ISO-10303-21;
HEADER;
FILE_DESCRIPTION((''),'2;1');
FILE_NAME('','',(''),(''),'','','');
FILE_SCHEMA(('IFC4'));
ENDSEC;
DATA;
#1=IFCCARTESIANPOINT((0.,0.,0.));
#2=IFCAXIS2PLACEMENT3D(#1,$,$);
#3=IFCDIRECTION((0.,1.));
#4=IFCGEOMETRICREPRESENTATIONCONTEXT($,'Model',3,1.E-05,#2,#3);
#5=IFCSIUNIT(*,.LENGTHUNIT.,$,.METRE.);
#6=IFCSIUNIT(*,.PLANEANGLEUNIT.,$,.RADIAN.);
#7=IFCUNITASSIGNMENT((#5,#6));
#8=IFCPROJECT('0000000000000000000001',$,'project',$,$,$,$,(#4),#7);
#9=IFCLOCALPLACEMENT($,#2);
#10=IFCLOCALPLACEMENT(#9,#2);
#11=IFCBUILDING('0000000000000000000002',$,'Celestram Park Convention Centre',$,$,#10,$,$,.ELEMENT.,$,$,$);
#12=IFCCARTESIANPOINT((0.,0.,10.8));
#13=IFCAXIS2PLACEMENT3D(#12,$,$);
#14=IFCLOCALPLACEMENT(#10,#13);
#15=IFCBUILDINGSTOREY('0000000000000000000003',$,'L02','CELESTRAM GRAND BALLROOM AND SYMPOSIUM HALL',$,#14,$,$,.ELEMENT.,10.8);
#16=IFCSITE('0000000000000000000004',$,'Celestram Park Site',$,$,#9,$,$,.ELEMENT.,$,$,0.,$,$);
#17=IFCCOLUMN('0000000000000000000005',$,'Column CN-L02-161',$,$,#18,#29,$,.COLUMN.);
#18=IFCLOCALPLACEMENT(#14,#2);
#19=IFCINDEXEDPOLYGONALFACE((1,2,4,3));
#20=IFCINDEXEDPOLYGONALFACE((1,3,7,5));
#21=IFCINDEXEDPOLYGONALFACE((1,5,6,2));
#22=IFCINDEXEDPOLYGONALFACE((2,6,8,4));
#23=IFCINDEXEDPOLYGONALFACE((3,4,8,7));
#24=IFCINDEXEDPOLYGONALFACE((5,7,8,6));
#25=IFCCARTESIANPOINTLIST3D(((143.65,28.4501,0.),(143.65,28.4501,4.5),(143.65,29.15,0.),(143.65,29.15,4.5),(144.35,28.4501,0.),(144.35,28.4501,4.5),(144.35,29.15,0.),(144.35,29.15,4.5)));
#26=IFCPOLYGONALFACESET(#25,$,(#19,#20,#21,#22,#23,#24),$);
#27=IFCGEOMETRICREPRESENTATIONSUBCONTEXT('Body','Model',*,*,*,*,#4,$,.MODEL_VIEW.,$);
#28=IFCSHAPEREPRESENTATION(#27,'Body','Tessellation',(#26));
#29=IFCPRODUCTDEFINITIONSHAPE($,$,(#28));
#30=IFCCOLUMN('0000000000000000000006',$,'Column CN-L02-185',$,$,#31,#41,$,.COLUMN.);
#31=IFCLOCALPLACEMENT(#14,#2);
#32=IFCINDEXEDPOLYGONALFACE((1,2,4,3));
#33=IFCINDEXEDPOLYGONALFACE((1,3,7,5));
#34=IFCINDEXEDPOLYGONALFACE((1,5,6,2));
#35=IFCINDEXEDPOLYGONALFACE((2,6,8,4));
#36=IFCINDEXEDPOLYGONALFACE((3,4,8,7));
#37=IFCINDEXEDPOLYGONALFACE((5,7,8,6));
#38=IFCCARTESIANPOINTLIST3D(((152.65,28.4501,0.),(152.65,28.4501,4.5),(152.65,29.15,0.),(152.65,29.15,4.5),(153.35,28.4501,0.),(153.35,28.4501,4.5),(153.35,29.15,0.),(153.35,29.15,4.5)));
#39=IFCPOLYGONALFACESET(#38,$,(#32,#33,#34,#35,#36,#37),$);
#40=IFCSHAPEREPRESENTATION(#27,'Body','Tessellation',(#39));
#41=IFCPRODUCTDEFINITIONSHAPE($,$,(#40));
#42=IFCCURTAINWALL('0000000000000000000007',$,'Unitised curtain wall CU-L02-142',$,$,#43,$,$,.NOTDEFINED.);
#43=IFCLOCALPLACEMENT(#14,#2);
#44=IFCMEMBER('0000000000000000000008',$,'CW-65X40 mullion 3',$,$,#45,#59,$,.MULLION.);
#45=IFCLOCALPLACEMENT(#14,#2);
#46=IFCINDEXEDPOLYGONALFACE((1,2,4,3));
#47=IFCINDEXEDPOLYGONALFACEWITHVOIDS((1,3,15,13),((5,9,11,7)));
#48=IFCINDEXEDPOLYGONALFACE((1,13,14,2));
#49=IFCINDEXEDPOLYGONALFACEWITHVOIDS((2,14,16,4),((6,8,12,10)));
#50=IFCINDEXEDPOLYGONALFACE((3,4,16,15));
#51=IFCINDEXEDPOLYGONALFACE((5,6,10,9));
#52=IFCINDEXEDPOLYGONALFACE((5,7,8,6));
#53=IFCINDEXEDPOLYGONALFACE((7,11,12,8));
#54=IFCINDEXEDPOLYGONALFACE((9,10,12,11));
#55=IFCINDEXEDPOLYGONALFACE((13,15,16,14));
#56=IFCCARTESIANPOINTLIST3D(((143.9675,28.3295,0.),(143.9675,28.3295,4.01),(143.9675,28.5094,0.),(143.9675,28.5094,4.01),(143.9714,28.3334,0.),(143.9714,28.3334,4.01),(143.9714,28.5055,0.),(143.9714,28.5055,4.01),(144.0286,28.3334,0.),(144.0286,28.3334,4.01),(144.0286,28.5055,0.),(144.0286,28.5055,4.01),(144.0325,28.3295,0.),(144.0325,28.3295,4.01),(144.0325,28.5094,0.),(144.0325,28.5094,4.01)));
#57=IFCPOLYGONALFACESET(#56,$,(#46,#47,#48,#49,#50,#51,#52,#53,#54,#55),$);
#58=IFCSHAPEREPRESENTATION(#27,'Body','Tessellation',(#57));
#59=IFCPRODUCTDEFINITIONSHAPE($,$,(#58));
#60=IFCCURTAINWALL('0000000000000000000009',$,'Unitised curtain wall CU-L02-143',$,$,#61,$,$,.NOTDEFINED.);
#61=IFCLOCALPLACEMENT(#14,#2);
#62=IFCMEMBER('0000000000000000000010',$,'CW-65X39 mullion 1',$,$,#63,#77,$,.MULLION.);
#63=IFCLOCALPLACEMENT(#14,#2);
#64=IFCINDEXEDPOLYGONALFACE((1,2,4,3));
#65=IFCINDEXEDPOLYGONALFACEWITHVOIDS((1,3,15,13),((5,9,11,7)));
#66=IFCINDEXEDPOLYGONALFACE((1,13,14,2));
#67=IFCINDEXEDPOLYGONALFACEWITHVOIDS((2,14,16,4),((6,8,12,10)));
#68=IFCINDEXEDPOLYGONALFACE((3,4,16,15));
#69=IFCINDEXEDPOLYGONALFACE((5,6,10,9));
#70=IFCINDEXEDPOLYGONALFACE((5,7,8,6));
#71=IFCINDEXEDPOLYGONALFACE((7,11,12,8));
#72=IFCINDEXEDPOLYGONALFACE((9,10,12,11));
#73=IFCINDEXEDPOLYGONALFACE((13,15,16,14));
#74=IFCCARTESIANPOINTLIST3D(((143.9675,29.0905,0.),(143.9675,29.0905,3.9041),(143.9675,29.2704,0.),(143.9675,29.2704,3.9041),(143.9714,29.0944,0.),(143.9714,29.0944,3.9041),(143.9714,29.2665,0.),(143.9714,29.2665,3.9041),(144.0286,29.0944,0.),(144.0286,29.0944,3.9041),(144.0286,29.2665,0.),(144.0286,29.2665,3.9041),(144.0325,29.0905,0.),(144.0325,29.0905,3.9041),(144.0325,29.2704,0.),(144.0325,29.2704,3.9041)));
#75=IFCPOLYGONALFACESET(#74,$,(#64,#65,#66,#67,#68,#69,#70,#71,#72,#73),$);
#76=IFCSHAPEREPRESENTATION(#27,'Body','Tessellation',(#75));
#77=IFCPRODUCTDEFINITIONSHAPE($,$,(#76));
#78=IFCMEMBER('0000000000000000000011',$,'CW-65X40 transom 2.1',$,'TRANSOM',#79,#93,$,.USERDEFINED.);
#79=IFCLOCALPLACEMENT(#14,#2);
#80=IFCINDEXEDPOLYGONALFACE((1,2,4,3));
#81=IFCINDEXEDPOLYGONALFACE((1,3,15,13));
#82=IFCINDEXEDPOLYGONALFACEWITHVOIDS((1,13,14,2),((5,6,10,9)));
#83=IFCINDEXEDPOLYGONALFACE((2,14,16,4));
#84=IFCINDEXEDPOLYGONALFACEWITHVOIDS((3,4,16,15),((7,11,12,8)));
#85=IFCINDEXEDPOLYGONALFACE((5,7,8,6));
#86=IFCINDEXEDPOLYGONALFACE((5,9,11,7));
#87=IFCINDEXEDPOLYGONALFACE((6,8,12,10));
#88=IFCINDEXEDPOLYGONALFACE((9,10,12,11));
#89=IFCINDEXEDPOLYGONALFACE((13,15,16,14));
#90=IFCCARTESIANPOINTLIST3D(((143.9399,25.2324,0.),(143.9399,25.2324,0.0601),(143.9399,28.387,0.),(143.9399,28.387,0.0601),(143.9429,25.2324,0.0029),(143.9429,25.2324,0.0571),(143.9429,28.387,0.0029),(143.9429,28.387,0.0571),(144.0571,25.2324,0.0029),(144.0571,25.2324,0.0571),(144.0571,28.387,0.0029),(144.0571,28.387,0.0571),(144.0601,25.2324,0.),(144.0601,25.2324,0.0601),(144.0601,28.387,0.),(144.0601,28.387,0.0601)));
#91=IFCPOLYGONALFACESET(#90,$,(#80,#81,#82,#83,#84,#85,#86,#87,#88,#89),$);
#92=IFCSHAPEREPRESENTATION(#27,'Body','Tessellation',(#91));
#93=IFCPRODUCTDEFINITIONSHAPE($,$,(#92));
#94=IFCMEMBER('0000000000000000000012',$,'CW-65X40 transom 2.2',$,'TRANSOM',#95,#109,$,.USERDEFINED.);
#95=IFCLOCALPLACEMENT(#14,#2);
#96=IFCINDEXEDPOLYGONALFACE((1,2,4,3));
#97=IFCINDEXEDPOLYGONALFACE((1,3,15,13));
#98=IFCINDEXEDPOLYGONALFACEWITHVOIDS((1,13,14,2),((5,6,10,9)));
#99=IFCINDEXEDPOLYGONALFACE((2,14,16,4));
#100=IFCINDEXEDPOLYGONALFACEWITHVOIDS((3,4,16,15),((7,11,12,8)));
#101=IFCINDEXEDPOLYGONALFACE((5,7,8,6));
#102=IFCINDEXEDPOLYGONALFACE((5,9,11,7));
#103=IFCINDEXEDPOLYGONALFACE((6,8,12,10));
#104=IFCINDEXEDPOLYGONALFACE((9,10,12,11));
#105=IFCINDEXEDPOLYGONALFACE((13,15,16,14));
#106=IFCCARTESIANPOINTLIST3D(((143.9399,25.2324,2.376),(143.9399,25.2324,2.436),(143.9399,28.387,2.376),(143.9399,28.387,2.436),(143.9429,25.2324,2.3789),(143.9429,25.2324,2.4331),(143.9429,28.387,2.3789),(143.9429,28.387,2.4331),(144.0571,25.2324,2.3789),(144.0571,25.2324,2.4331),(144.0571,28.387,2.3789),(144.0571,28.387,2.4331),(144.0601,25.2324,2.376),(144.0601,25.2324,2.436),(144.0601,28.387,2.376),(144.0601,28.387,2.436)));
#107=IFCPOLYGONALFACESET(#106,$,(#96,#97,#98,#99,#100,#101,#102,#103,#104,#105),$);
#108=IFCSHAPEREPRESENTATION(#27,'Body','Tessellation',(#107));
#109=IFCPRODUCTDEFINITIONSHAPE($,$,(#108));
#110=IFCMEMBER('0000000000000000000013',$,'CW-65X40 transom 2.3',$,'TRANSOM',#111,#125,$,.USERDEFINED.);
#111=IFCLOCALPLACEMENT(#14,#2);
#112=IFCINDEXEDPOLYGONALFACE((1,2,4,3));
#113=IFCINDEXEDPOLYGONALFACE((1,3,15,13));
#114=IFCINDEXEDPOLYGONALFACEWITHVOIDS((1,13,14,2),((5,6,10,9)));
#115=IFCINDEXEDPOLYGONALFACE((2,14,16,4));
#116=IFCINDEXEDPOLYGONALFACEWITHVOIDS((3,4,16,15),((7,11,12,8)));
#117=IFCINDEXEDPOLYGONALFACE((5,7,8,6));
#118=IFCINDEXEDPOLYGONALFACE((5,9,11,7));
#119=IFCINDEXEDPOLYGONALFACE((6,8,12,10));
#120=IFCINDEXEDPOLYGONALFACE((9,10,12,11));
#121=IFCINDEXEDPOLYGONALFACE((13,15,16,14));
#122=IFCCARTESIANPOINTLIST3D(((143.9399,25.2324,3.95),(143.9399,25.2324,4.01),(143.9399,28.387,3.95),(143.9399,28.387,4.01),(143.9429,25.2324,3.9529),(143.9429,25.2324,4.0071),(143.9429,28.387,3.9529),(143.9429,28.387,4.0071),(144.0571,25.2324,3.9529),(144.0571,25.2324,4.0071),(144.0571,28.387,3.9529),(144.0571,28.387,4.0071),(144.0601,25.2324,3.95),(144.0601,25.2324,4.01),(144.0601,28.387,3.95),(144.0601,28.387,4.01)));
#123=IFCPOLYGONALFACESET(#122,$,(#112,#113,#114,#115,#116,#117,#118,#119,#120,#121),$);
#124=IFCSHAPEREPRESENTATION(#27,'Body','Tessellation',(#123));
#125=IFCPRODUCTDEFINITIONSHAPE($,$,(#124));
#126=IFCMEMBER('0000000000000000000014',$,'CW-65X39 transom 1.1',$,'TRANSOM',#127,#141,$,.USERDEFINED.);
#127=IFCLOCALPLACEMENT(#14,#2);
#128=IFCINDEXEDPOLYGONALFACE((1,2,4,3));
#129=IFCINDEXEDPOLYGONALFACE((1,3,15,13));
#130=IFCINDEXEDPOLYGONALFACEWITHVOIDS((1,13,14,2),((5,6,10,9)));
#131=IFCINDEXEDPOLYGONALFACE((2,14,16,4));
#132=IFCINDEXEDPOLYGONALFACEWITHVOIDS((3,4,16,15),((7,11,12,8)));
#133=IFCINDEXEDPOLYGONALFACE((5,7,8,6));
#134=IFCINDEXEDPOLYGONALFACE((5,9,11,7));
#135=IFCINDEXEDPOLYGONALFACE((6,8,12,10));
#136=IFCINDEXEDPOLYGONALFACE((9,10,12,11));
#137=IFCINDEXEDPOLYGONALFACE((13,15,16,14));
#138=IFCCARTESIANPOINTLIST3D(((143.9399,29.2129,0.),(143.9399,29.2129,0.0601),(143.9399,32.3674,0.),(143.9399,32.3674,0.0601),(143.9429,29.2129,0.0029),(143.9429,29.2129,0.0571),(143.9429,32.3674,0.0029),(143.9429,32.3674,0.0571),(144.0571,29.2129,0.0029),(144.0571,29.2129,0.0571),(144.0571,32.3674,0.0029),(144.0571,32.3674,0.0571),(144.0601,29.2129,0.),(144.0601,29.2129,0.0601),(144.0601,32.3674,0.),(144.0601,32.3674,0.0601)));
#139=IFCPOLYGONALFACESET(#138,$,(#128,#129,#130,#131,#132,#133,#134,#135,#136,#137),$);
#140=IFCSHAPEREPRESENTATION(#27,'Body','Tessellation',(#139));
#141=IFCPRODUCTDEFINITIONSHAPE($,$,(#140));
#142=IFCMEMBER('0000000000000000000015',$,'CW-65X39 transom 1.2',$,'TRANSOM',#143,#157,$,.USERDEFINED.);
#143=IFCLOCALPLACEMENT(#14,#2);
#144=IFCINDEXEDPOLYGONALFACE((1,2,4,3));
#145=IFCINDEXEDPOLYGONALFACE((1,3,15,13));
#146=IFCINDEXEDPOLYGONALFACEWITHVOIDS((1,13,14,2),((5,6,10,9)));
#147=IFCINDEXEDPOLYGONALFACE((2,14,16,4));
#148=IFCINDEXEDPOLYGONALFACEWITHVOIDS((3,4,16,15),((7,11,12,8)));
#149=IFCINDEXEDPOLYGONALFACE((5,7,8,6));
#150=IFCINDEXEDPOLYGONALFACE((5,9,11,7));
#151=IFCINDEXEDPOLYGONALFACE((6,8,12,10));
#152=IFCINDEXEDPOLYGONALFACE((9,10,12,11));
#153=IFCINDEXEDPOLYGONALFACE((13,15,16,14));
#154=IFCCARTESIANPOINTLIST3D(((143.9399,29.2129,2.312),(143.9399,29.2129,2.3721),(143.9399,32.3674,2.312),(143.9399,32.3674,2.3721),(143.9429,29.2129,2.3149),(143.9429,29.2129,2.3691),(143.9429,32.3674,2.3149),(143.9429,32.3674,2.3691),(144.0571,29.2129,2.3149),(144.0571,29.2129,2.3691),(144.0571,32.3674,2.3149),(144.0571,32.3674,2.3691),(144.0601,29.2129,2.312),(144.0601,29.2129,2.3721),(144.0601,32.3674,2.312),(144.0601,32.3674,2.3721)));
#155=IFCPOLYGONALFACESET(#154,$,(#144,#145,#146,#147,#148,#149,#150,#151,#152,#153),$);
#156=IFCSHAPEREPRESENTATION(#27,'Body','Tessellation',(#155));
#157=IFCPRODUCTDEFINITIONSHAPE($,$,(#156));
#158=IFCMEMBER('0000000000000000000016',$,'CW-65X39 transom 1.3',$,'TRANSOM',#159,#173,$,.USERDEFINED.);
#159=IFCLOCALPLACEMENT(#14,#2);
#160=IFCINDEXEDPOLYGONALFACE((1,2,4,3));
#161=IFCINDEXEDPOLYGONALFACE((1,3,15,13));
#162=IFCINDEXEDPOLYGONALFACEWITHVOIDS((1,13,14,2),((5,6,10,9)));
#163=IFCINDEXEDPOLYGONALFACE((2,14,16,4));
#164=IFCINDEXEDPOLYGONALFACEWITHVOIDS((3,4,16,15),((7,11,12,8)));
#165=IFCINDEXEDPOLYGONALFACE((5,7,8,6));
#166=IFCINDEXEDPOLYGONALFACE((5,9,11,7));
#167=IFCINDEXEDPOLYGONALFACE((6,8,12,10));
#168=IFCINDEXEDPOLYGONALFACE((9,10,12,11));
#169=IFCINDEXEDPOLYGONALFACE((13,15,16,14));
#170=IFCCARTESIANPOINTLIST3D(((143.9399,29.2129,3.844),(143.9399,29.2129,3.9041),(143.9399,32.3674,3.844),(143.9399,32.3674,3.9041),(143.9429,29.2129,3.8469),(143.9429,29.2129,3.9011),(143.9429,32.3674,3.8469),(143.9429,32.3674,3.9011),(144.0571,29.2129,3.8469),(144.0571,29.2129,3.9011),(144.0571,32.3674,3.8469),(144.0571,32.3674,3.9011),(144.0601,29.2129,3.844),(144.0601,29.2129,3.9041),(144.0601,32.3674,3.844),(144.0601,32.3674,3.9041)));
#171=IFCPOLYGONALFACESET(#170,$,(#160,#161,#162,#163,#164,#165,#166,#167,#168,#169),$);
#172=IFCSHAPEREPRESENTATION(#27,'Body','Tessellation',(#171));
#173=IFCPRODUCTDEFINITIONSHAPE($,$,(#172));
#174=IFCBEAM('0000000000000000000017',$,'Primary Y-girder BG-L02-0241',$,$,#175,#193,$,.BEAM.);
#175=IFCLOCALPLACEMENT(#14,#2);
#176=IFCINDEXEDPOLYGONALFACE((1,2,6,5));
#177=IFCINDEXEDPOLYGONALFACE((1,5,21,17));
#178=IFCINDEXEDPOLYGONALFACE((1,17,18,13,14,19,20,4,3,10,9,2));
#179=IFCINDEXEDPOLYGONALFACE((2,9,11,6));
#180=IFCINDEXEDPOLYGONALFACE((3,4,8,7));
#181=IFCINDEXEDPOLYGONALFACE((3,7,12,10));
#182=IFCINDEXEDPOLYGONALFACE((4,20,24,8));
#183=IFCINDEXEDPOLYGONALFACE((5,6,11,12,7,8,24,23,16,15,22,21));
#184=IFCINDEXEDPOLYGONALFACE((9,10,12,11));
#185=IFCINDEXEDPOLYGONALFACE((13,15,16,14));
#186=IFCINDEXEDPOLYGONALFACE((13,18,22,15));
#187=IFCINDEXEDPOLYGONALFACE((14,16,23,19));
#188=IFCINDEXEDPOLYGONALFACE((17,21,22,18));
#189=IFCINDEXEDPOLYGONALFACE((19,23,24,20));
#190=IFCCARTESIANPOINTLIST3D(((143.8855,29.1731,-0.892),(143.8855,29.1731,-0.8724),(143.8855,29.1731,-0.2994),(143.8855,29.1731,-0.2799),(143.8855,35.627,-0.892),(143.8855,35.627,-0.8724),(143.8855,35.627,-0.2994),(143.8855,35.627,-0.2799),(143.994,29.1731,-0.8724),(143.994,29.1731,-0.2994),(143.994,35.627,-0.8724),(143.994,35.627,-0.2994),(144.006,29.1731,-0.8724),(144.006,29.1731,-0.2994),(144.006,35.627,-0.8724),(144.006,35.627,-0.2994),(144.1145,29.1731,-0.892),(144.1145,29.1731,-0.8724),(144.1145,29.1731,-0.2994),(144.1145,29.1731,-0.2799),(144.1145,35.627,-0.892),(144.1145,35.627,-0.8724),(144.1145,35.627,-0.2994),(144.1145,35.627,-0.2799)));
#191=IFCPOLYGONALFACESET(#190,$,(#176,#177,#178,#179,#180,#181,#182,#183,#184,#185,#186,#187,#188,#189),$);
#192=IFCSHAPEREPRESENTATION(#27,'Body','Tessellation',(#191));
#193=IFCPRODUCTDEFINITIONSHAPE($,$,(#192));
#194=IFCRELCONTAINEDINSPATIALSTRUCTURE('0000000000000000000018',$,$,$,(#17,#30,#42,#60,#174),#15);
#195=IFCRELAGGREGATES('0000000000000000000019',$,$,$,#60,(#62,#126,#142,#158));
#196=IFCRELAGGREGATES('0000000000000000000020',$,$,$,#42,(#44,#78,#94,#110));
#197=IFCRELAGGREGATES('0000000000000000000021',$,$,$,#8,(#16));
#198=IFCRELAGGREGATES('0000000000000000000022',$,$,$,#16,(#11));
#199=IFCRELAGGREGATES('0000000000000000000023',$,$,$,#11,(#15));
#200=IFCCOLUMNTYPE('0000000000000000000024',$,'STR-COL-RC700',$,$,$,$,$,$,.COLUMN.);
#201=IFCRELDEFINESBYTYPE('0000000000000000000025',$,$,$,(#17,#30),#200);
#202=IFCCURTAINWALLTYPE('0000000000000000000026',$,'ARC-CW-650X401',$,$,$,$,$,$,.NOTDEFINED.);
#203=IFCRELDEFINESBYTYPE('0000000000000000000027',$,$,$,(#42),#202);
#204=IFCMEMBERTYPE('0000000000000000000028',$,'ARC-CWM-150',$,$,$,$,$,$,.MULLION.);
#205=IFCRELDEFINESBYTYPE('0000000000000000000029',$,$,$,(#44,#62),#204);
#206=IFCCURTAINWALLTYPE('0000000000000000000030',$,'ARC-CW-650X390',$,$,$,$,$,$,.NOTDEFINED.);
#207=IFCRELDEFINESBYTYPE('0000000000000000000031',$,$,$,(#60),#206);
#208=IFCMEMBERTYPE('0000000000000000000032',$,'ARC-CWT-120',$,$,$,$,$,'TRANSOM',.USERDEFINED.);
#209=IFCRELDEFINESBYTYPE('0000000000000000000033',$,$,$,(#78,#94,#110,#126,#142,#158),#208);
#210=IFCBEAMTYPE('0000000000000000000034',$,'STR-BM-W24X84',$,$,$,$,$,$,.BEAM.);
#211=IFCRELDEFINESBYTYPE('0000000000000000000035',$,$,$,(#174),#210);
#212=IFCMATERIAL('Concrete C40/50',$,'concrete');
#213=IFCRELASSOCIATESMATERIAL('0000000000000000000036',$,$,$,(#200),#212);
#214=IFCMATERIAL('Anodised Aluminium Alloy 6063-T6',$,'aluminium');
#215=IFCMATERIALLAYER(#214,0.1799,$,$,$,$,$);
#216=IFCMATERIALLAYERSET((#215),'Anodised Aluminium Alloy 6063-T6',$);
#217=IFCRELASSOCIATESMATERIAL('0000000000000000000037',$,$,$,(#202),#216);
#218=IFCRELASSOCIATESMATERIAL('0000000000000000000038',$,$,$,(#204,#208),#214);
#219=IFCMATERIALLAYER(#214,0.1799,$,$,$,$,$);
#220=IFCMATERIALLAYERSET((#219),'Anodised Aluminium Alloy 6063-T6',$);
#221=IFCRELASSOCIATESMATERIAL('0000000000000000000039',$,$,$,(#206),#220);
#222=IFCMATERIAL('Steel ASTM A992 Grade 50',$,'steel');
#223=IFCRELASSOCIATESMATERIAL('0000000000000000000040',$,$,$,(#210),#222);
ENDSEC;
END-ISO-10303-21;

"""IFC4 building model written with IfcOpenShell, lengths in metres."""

from ifc_helpers import new_model, si_unit, direction, frame, origin, origin_2d, place, context, subcontext, project, spatial, rectangle, hollow_rectangle, i_section, extrude, material, layer, layer_set, material_profile, profile_set, type_object, element, aggregate, save


model = new_model("IFC4")

# Units and contexts
model_context = context("Model", 3, precision=1e-05, world=origin(), true_north=direction((0.0, 1.0)))
body_context = subcontext(model_context, "Body", "Model", "MODEL_VIEW")
ifc_project = project(units=[si_unit("LENGTHUNIT", "METRE"), si_unit("PLANEANGLEUNIT", "RADIAN")], contexts=[model_context])

# Site, building, storey
site_placement = place(None, origin())
site = spatial("IfcSite", under=ifc_project, at=site_placement, Name="Celestram Park Site", CompositionType="ELEMENT", RefElevation=0.0)
building_placement = place(site_placement, origin())
building = spatial("IfcBuilding", under=site, at=building_placement, Name="Celestram Park Convention Centre", CompositionType="ELEMENT")
storey_placement = place(building_placement, frame((0.0, 0.0, 10.8)))
storey = spatial("IfcBuildingStorey", under=building, at=storey_placement, Name="L02", Description="CELESTRAM GRAND BALLROOM AND SYMPOSIUM HALL", CompositionType="ELEMENT", Elevation=10.8)

# Columns
ifc_material_1 = material(Name="Concrete C40/50", Category="concrete")
ifc_material_profile_1 = material_profile(ifc_material_1, rectangle(XDim=0.7, YDim=0.7, at=origin_2d()), Name="RC700X700")
ifc_profile_set_1 = profile_set([ifc_material_profile_1], Name="Concrete C40/50")
column_type = type_object("IfcColumnType", Name="STR-COL-RC700", PredefinedType="COLUMN", material=ifc_profile_set_1)
for number, where, z_axis, x_axis, name in (
    (1, (144.0, 28.8, 0.0), (0.0, 0.0, 1.0), (1.0, 0.0, 0.0), "Column CN-L02-161"),
    (2, (153.0, 28.8, 0.0), (0.0, 0.0, 1.0), (1.0, 0.0, 0.0), "Column CN-L02-185"),
):
    element("IfcColumn", number, at=place(storey_placement, frame(where, z_axis=z_axis, x_axis=x_axis)), inside=storey, type_object=column_type, Name=name, PredefinedType="COLUMN", context=body_context, shape_type="SweptSolid", body=[
        extrude(rectangle(XDim=0.7, YDim=0.7, at=origin_2d()), origin(), (0.0, 0.0, 1.0), 4.5),
    ])

# Curtain walls, members
ifc_material_2 = material(Name="Anodised Aluminium Alloy 6063-T6", Category="aluminium")
ifc_layer_1 = layer(ifc_material_2, 0.1799)
ifc_layer_set_1 = layer_set([ifc_layer_1], Name="Anodised Aluminium Alloy 6063-T6")
curtain_wall_type_1 = type_object("IfcCurtainWallType", Name="ARC-CW-650X401", PredefinedType="NOTDEFINED", material=ifc_layer_set_1)
curtain_wall_1_placement = place(storey_placement, origin())
curtain_wall_1 = element("IfcCurtainWall", 3, at=curtain_wall_1_placement, inside=storey, type_object=curtain_wall_type_1, Name="Unitised curtain wall CU-L02-142", PredefinedType="NOTDEFINED")
ifc_material_profile_2 = material_profile(ifc_material_2, hollow_rectangle(XDim=0.0649, YDim=0.1799, WallThickness=0.0039, at=origin_2d()), Name="ALU65X180X4")
ifc_profile_set_2 = profile_set([ifc_material_profile_2], Name="Anodised Aluminium Alloy 6063-T6")
member_type_1 = type_object("IfcMemberType", Name="ARC-CWM-150", PredefinedType="MULLION", material=ifc_profile_set_2)
member_1_placement = place(storey_placement, frame((144.0, 28.4194, 0.0), z_axis=(0.0, 0.0, 1.0), x_axis=(-1.0, 0.0, 0.0)))
member_1 = element("IfcMember", 4, at=member_1_placement, type_object=member_type_1, Name="CW-65X40 mullion 3", PredefinedType="MULLION", context=body_context, shape_type="SweptSolid", body=[
    extrude(hollow_rectangle(XDim=0.0649, YDim=0.1799, WallThickness=0.0039, at=origin_2d()), origin(), (0.0, 0.0, 1.0), 4.01),
])
ifc_layer_2 = layer(ifc_material_2, 0.1799)
ifc_layer_set_2 = layer_set([ifc_layer_2], Name="Anodised Aluminium Alloy 6063-T6")
curtain_wall_type_2 = type_object("IfcCurtainWallType", Name="ARC-CW-650X390", PredefinedType="NOTDEFINED", material=ifc_layer_set_2)
curtain_wall_2_placement = place(storey_placement, origin())
curtain_wall_2 = element("IfcCurtainWall", 5, at=curtain_wall_2_placement, inside=storey, type_object=curtain_wall_type_2, Name="Unitised curtain wall CU-L02-143", PredefinedType="NOTDEFINED")
member_2_placement = place(storey_placement, frame((144.0, 29.1804, 0.0), z_axis=(0.0, 0.0, 1.0), x_axis=(-1.0, 0.0, 0.0)))
member_2 = element("IfcMember", 6, at=member_2_placement, type_object=member_type_1, Name="CW-65X39 mullion 1", PredefinedType="MULLION", context=body_context, shape_type="SweptSolid", body=[
    extrude(hollow_rectangle(XDim=0.0649, YDim=0.1799, WallThickness=0.0039, at=origin_2d()), origin(), (0.0, 0.0, 1.0), 3.9041),
])

# Members
ifc_material_profile_3 = material_profile(ifc_material_2, hollow_rectangle(XDim=0.1201, YDim=0.0601, WallThickness=0.0029, at=origin_2d()), Name="ALU120X60X3")
ifc_profile_set_3 = profile_set([ifc_material_profile_3], Name="Anodised Aluminium Alloy 6063-T6")
member_type_2 = type_object("IfcMemberType", Name="ARC-CWT-120", ElementType="TRANSOM", PredefinedType="USERDEFINED", material=ifc_profile_set_3)
member_3_placement = place(storey_placement, frame((144.0, 25.2324, 0.03), z_axis=(0.0, 1.0, 0.0), x_axis=(-1.0, 0.0, 0.0)))
member_3 = element("IfcMember", 7, at=member_3_placement, type_object=member_type_2, Name="CW-65X40 transom 2.1", ObjectType="TRANSOM", PredefinedType="USERDEFINED", context=body_context, shape_type="SweptSolid", body=[
    extrude(hollow_rectangle(XDim=0.1201, YDim=0.0601, WallThickness=0.0029, at=origin_2d()), origin(), (0.0, 0.0, 1.0), 3.1545),
])
member_4_placement = place(storey_placement, frame((144.0, 25.2324, 2.406), z_axis=(0.0, 1.0, 0.0), x_axis=(-1.0, 0.0, 0.0)))
member_4 = element("IfcMember", 8, at=member_4_placement, type_object=member_type_2, Name="CW-65X40 transom 2.2", ObjectType="TRANSOM", PredefinedType="USERDEFINED", context=body_context, shape_type="SweptSolid", body=[
    extrude(hollow_rectangle(XDim=0.1201, YDim=0.0601, WallThickness=0.0029, at=origin_2d()), origin(), (0.0, 0.0, 1.0), 3.1545),
])
member_5_placement = place(storey_placement, frame((144.0, 25.2324, 3.98), z_axis=(0.0, 1.0, 0.0), x_axis=(-1.0, 0.0, 0.0)))
member_5 = element("IfcMember", 9, at=member_5_placement, type_object=member_type_2, Name="CW-65X40 transom 2.3", ObjectType="TRANSOM", PredefinedType="USERDEFINED", context=body_context, shape_type="SweptSolid", body=[
    extrude(hollow_rectangle(XDim=0.1201, YDim=0.0601, WallThickness=0.0029, at=origin_2d()), origin(), (0.0, 0.0, 1.0), 3.1545),
])
member_6_placement = place(storey_placement, frame((144.0, 29.2129, 0.03), z_axis=(0.0, 1.0, 0.0), x_axis=(-1.0, 0.0, 0.0)))
member_6 = element("IfcMember", 10, at=member_6_placement, type_object=member_type_2, Name="CW-65X39 transom 1.1", ObjectType="TRANSOM", PredefinedType="USERDEFINED", context=body_context, shape_type="SweptSolid", body=[
    extrude(hollow_rectangle(XDim=0.1201, YDim=0.0601, WallThickness=0.0029, at=origin_2d()), origin(), (0.0, 0.0, 1.0), 3.1545),
])
member_7_placement = place(storey_placement, frame((144.0, 29.2129, 2.342), z_axis=(0.0, 1.0, 0.0), x_axis=(-1.0, 0.0, 0.0)))
member_7 = element("IfcMember", 11, at=member_7_placement, type_object=member_type_2, Name="CW-65X39 transom 1.2", ObjectType="TRANSOM", PredefinedType="USERDEFINED", context=body_context, shape_type="SweptSolid", body=[
    extrude(hollow_rectangle(XDim=0.1201, YDim=0.0601, WallThickness=0.0029, at=origin_2d()), origin(), (0.0, 0.0, 1.0), 3.1545),
])
member_8_placement = place(storey_placement, frame((144.0, 29.2129, 3.874), z_axis=(0.0, 1.0, 0.0), x_axis=(-1.0, 0.0, 0.0)))
member_8 = element("IfcMember", 12, at=member_8_placement, type_object=member_type_2, Name="CW-65X39 transom 1.3", ObjectType="TRANSOM", PredefinedType="USERDEFINED", context=body_context, shape_type="SweptSolid", body=[
    extrude(hollow_rectangle(XDim=0.1201, YDim=0.0601, WallThickness=0.0029, at=origin_2d()), origin(), (0.0, 0.0, 1.0), 3.1545),
])
aggregate(curtain_wall_2, [member_2, member_6, member_7, member_8])

# Beam
ifc_material_3 = material(Name="Steel ASTM A992 Grade 50", Category="steel")
ifc_material_profile_4 = material_profile(ifc_material_3, i_section(OverallWidth=0.229, OverallDepth=0.6121, WebThickness=0.012, FlangeThickness=0.0195, at=origin_2d()), Name="W24X84")
ifc_profile_set_4 = profile_set([ifc_material_profile_4], Name="Steel ASTM A992 Grade 50")
beam_type_1 = type_object("IfcBeamType", Name="STR-BM-W24X84", PredefinedType="BEAM", material=ifc_profile_set_4)
for number, where, z_axis, x_axis, name in (
    (13, (144.0, 29.1731, -0.5859), (0.0, 1.0, 0.0), (-1.0, 0.0, 0.0), "Primary Y-girder BG-L02-0241"),
):
    element("IfcBeam", number, at=place(storey_placement, frame(where, z_axis=z_axis, x_axis=x_axis)), inside=storey, type_object=beam_type_1, Name=name, PredefinedType="BEAM", context=body_context, shape_type="SweptSolid", body=[
        extrude(i_section(OverallWidth=0.229, OverallDepth=0.6121, WebThickness=0.012, FlangeThickness=0.0195, at=origin_2d()), origin(), (0.0, 0.0, 1.0), 6.4539),
    ])

aggregate(curtain_wall_1, [member_1, member_3, member_4, member_5])

save(model, "model.ifc")
